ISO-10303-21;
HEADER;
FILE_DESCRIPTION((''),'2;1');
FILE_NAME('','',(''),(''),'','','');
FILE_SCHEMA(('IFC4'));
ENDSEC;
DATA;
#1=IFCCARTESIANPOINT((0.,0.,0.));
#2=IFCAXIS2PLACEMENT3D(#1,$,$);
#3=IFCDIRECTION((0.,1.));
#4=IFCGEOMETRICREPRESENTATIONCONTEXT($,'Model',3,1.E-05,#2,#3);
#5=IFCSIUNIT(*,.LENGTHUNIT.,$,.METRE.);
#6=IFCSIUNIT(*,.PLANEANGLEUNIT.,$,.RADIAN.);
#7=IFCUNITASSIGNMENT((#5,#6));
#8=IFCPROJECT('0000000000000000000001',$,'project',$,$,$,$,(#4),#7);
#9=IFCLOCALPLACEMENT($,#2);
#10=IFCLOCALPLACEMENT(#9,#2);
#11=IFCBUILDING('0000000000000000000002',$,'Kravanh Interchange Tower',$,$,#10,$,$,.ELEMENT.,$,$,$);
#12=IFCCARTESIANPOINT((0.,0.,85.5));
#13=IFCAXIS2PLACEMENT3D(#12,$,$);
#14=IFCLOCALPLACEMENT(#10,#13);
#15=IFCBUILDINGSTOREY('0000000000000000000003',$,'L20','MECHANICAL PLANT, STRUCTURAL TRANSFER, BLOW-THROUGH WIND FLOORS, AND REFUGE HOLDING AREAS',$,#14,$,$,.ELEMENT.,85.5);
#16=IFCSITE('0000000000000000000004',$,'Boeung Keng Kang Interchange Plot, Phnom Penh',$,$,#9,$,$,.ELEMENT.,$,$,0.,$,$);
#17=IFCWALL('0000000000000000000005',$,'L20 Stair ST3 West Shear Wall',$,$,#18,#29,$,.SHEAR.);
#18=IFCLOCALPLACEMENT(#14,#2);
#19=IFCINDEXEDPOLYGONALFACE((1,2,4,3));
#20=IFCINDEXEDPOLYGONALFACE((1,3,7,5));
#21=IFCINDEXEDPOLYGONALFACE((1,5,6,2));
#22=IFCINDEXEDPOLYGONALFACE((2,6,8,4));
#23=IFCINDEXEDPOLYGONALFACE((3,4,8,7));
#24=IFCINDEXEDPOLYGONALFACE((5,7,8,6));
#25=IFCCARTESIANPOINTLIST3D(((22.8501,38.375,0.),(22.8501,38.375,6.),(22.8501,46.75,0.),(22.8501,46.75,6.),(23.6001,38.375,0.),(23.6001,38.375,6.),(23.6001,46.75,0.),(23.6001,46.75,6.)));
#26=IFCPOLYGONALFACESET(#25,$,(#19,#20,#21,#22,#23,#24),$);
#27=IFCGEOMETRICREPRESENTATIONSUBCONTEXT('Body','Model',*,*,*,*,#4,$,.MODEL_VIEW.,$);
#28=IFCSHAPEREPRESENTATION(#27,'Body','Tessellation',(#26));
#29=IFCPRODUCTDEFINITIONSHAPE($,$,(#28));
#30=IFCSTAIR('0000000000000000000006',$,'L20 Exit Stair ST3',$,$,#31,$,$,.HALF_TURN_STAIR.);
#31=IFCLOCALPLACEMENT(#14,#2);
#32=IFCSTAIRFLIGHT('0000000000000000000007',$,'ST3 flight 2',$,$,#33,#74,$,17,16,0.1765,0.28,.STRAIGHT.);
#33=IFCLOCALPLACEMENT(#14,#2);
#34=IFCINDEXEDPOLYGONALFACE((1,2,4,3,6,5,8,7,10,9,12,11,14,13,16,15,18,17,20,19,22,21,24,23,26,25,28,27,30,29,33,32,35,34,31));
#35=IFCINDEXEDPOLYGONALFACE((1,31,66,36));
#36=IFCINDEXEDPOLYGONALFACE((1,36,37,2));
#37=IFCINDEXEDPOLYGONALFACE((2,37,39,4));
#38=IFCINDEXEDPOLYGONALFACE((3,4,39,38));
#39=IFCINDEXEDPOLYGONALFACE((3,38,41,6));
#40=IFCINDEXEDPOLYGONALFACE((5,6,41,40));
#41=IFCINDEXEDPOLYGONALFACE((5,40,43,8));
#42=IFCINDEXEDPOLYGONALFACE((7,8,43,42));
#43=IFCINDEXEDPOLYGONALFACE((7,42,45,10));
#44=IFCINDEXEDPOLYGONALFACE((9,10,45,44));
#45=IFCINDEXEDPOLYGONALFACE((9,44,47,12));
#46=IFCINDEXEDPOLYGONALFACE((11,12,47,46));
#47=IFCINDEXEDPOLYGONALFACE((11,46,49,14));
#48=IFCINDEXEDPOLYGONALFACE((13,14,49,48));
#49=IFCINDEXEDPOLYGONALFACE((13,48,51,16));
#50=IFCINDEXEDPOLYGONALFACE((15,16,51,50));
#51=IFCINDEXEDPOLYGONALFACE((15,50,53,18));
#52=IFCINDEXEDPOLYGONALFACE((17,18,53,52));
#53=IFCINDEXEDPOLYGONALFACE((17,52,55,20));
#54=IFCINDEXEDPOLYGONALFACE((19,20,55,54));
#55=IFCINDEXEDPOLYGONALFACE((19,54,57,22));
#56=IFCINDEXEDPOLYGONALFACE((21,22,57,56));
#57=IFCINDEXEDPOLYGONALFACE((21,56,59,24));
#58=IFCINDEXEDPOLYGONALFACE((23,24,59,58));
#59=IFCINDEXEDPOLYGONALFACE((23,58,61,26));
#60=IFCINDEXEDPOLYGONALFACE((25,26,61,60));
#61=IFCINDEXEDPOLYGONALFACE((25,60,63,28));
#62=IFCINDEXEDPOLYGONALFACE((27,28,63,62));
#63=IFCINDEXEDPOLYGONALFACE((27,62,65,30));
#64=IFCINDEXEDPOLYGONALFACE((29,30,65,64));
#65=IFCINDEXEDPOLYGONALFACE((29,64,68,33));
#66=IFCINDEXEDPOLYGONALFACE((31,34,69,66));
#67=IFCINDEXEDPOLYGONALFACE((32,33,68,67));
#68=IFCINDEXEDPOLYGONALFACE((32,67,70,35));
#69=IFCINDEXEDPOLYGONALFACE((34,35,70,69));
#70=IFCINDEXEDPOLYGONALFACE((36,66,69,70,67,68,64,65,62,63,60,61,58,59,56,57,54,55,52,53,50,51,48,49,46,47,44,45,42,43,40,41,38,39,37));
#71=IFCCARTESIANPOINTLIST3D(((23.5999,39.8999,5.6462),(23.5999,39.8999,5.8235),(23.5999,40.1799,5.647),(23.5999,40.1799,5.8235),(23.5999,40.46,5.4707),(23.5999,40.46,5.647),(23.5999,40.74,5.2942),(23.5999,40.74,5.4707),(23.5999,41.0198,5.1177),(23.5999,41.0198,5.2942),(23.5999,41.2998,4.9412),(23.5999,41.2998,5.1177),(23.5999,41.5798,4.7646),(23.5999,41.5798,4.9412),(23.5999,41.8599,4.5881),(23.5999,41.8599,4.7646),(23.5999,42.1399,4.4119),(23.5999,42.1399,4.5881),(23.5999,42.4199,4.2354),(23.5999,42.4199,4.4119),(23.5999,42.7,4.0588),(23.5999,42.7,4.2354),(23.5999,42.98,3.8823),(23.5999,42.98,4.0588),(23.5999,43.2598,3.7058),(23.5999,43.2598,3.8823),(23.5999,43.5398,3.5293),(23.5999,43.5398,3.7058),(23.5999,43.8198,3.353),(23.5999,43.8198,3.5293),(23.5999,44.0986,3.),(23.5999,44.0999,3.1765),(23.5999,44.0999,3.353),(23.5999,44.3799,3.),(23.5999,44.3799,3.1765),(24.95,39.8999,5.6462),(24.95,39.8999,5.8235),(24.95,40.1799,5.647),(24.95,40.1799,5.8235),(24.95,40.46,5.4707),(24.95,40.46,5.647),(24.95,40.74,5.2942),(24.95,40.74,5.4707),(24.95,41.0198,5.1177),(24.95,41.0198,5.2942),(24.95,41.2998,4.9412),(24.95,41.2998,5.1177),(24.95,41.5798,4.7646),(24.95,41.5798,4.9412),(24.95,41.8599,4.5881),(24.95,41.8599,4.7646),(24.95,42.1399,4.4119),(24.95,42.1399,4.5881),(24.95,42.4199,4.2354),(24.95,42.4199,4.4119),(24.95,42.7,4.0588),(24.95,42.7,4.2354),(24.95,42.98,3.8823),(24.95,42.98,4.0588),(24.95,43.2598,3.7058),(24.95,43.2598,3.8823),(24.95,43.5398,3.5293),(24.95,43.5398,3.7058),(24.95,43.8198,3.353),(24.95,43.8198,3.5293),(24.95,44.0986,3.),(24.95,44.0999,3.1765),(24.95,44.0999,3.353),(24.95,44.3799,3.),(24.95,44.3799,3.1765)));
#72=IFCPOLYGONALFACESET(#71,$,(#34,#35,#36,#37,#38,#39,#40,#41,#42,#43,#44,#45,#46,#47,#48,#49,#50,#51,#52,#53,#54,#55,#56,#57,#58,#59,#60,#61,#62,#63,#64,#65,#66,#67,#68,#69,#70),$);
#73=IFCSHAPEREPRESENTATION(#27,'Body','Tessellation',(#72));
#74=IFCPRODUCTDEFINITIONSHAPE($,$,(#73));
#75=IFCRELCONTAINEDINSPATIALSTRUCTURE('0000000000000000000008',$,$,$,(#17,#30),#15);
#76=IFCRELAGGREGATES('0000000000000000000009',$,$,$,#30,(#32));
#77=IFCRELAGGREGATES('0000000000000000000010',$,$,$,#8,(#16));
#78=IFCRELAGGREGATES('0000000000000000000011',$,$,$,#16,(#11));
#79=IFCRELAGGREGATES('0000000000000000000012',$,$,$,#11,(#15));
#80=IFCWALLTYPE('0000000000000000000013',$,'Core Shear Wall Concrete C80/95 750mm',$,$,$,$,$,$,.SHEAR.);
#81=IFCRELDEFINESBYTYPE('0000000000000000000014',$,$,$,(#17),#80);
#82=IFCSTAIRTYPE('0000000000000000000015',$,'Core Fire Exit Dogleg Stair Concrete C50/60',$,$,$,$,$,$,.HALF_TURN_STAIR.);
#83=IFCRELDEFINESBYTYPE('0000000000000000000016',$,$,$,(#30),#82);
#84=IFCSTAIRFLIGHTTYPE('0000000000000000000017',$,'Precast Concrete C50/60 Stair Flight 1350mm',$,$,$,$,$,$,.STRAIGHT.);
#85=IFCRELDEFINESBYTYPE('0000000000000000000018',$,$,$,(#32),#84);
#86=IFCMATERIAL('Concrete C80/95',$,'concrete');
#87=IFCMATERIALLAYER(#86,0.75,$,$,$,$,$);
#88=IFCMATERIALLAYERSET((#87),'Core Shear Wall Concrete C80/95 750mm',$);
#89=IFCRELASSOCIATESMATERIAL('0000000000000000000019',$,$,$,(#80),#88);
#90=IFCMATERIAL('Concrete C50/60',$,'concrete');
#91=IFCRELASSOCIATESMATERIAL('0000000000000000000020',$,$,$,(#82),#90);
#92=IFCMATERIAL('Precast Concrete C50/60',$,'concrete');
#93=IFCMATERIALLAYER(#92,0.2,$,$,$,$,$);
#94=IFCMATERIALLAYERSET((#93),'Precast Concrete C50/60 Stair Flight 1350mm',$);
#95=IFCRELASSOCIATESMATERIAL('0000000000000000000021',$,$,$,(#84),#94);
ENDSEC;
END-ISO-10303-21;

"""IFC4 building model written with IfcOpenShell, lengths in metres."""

from ifc_helpers import new_model, si_unit, direction, frame, frame_2d, origin, place, context, subcontext, project, spatial, polyline, rectangle, outline, extrude, material, layer, layer_set, type_object, element, aggregate, save


model = new_model("IFC4")

# Units and contexts
model_context = context("Model", 3, precision=1e-05, world=origin(), true_north=direction((0.0, 1.0)))
body_context = subcontext(model_context, "Body", "Model", "MODEL_VIEW")
ifc_project = project(units=[si_unit("LENGTHUNIT", "METRE"), si_unit("PLANEANGLEUNIT", "RADIAN")], contexts=[model_context])

# Site, building, storey
site_placement = place(None, origin())
site = spatial("IfcSite", under=ifc_project, at=site_placement, Name="Boeung Keng Kang Interchange Plot, Phnom Penh", CompositionType="ELEMENT", RefElevation=0.0)
building_placement = place(site_placement, origin())
building = spatial("IfcBuilding", under=site, at=building_placement, Name="Kravanh Interchange Tower", CompositionType="ELEMENT")
storey_placement = place(building_placement, frame((0.0, 0.0, 85.5)))
storey = spatial("IfcBuildingStorey", under=building, at=storey_placement, Name="L20", Description="MECHANICAL PLANT, STRUCTURAL TRANSFER, BLOW-THROUGH WIND FLOORS, AND REFUGE HOLDING AREAS", CompositionType="ELEMENT", Elevation=85.5)

# Shared definitions
ifc_material_1 = material(Name="Concrete C80/95", Category="concrete")
ifc_layer_1 = layer(ifc_material_1, 0.75)
ifc_layer_set_1 = layer_set([ifc_layer_1], Name="Core Shear Wall Concrete C80/95 750mm")
wall_type = type_object("IfcWallType", Name="Core Shear Wall Concrete C80/95 750mm", PredefinedType="SHEAR", material=ifc_layer_set_1)

# Wall
wall_1_placement = place(storey_placement, frame((23.2251, 38.375, 0.0), z_axis=(0.0, 0.0, 1.0), x_axis=(0.0, 1.0, 0.0)))
element("IfcWall", 1, at=wall_1_placement, inside=storey, type_object=wall_type, Name="L20 Stair ST3 West Shear Wall", PredefinedType="SHEAR", context=body_context, shape_type="SweptSolid", body=[
    extrude(rectangle(XDim=8.375, YDim=0.75, at=frame_2d((4.1875, 0.0))), origin(), (0.0, 0.0, 1.0), 6.0),
])

# Stair, stair flight
ifc_material_2 = material(Name="Concrete C50/60", Category="concrete")
stair_type = type_object("IfcStairType", Name="Core Fire Exit Dogleg Stair Concrete C50/60", PredefinedType="HALF_TURN_STAIR", material=ifc_material_2)
stair_placement = place(storey_placement, origin())
stair = element("IfcStair", 2, at=stair_placement, inside=storey, type_object=stair_type, Name="L20 Exit Stair ST3", PredefinedType="HALF_TURN_STAIR")
ifc_material_3 = material(Name="Precast Concrete C50/60", Category="concrete")
ifc_layer_2 = layer(ifc_material_3, 0.2)
ifc_layer_set_2 = layer_set([ifc_layer_2], Name="Precast Concrete C50/60 Stair Flight 1350mm")
stair_flight_type = type_object("IfcStairFlightType", Name="Precast Concrete C50/60 Stair Flight 1350mm", PredefinedType="STRAIGHT", material=ifc_layer_set_2)
stair_flight_placement = place(storey_placement, frame((24.2749, 44.3799, 3.0), z_axis=(0.0, 0.0, 1.0), x_axis=(0.0, -1.0, 0.0)))
stair_flight = element("IfcStairFlight", 3, at=stair_flight_placement, type_object=stair_flight_type, Name="ST3 flight 2", NumberOfRisers=17, NumberOfTreads=16, PredefinedType="STRAIGHT", RiserHeight=0.1765, TreadLength=0.28, context=body_context, shape_type="SweptSolid", body=[
    extrude(outline(polyline([(0.0, 0.0), (0.0, 0.1765), (0.28, 0.1765), (0.28, 0.353), (0.5601, 0.353), (0.5601, 0.5293), (0.8401, 0.5293), (0.8401, 0.7058), (1.1201, 0.7058), (1.1201, 0.8823), (1.3999, 0.8823), (1.3999, 1.0588), (1.6799, 1.0588), (1.6799, 1.2354), (1.96, 1.2354), (1.96, 1.4119), (2.24, 1.4119), (2.24, 1.5881), (2.52, 1.5881), (2.52, 1.7646), (2.8, 1.7646), (2.8, 1.9412), (3.0801, 1.9412), (3.0801, 2.1177), (3.3601, 2.1177), (3.3601, 2.2942), (3.6399, 2.2942), (3.6399, 2.4707), (3.9199, 2.4707), (3.9199, 2.647), (4.2, 2.647), (4.2, 2.8235), (4.48, 2.8235), (4.48, 3.0), (4.48, 2.6462), (0.2812, 0.0), (0.0, 0.0)])), frame((0.0, 0.675, 0.0), z_axis=(0.0, -1.0, 0.0), x_axis=(1.0, 0.0, 0.0)), (0.0, 0.0, 1.0), 1.3501),
])
aggregate(stair, [stair_flight])

save(model, "model.ifc")
